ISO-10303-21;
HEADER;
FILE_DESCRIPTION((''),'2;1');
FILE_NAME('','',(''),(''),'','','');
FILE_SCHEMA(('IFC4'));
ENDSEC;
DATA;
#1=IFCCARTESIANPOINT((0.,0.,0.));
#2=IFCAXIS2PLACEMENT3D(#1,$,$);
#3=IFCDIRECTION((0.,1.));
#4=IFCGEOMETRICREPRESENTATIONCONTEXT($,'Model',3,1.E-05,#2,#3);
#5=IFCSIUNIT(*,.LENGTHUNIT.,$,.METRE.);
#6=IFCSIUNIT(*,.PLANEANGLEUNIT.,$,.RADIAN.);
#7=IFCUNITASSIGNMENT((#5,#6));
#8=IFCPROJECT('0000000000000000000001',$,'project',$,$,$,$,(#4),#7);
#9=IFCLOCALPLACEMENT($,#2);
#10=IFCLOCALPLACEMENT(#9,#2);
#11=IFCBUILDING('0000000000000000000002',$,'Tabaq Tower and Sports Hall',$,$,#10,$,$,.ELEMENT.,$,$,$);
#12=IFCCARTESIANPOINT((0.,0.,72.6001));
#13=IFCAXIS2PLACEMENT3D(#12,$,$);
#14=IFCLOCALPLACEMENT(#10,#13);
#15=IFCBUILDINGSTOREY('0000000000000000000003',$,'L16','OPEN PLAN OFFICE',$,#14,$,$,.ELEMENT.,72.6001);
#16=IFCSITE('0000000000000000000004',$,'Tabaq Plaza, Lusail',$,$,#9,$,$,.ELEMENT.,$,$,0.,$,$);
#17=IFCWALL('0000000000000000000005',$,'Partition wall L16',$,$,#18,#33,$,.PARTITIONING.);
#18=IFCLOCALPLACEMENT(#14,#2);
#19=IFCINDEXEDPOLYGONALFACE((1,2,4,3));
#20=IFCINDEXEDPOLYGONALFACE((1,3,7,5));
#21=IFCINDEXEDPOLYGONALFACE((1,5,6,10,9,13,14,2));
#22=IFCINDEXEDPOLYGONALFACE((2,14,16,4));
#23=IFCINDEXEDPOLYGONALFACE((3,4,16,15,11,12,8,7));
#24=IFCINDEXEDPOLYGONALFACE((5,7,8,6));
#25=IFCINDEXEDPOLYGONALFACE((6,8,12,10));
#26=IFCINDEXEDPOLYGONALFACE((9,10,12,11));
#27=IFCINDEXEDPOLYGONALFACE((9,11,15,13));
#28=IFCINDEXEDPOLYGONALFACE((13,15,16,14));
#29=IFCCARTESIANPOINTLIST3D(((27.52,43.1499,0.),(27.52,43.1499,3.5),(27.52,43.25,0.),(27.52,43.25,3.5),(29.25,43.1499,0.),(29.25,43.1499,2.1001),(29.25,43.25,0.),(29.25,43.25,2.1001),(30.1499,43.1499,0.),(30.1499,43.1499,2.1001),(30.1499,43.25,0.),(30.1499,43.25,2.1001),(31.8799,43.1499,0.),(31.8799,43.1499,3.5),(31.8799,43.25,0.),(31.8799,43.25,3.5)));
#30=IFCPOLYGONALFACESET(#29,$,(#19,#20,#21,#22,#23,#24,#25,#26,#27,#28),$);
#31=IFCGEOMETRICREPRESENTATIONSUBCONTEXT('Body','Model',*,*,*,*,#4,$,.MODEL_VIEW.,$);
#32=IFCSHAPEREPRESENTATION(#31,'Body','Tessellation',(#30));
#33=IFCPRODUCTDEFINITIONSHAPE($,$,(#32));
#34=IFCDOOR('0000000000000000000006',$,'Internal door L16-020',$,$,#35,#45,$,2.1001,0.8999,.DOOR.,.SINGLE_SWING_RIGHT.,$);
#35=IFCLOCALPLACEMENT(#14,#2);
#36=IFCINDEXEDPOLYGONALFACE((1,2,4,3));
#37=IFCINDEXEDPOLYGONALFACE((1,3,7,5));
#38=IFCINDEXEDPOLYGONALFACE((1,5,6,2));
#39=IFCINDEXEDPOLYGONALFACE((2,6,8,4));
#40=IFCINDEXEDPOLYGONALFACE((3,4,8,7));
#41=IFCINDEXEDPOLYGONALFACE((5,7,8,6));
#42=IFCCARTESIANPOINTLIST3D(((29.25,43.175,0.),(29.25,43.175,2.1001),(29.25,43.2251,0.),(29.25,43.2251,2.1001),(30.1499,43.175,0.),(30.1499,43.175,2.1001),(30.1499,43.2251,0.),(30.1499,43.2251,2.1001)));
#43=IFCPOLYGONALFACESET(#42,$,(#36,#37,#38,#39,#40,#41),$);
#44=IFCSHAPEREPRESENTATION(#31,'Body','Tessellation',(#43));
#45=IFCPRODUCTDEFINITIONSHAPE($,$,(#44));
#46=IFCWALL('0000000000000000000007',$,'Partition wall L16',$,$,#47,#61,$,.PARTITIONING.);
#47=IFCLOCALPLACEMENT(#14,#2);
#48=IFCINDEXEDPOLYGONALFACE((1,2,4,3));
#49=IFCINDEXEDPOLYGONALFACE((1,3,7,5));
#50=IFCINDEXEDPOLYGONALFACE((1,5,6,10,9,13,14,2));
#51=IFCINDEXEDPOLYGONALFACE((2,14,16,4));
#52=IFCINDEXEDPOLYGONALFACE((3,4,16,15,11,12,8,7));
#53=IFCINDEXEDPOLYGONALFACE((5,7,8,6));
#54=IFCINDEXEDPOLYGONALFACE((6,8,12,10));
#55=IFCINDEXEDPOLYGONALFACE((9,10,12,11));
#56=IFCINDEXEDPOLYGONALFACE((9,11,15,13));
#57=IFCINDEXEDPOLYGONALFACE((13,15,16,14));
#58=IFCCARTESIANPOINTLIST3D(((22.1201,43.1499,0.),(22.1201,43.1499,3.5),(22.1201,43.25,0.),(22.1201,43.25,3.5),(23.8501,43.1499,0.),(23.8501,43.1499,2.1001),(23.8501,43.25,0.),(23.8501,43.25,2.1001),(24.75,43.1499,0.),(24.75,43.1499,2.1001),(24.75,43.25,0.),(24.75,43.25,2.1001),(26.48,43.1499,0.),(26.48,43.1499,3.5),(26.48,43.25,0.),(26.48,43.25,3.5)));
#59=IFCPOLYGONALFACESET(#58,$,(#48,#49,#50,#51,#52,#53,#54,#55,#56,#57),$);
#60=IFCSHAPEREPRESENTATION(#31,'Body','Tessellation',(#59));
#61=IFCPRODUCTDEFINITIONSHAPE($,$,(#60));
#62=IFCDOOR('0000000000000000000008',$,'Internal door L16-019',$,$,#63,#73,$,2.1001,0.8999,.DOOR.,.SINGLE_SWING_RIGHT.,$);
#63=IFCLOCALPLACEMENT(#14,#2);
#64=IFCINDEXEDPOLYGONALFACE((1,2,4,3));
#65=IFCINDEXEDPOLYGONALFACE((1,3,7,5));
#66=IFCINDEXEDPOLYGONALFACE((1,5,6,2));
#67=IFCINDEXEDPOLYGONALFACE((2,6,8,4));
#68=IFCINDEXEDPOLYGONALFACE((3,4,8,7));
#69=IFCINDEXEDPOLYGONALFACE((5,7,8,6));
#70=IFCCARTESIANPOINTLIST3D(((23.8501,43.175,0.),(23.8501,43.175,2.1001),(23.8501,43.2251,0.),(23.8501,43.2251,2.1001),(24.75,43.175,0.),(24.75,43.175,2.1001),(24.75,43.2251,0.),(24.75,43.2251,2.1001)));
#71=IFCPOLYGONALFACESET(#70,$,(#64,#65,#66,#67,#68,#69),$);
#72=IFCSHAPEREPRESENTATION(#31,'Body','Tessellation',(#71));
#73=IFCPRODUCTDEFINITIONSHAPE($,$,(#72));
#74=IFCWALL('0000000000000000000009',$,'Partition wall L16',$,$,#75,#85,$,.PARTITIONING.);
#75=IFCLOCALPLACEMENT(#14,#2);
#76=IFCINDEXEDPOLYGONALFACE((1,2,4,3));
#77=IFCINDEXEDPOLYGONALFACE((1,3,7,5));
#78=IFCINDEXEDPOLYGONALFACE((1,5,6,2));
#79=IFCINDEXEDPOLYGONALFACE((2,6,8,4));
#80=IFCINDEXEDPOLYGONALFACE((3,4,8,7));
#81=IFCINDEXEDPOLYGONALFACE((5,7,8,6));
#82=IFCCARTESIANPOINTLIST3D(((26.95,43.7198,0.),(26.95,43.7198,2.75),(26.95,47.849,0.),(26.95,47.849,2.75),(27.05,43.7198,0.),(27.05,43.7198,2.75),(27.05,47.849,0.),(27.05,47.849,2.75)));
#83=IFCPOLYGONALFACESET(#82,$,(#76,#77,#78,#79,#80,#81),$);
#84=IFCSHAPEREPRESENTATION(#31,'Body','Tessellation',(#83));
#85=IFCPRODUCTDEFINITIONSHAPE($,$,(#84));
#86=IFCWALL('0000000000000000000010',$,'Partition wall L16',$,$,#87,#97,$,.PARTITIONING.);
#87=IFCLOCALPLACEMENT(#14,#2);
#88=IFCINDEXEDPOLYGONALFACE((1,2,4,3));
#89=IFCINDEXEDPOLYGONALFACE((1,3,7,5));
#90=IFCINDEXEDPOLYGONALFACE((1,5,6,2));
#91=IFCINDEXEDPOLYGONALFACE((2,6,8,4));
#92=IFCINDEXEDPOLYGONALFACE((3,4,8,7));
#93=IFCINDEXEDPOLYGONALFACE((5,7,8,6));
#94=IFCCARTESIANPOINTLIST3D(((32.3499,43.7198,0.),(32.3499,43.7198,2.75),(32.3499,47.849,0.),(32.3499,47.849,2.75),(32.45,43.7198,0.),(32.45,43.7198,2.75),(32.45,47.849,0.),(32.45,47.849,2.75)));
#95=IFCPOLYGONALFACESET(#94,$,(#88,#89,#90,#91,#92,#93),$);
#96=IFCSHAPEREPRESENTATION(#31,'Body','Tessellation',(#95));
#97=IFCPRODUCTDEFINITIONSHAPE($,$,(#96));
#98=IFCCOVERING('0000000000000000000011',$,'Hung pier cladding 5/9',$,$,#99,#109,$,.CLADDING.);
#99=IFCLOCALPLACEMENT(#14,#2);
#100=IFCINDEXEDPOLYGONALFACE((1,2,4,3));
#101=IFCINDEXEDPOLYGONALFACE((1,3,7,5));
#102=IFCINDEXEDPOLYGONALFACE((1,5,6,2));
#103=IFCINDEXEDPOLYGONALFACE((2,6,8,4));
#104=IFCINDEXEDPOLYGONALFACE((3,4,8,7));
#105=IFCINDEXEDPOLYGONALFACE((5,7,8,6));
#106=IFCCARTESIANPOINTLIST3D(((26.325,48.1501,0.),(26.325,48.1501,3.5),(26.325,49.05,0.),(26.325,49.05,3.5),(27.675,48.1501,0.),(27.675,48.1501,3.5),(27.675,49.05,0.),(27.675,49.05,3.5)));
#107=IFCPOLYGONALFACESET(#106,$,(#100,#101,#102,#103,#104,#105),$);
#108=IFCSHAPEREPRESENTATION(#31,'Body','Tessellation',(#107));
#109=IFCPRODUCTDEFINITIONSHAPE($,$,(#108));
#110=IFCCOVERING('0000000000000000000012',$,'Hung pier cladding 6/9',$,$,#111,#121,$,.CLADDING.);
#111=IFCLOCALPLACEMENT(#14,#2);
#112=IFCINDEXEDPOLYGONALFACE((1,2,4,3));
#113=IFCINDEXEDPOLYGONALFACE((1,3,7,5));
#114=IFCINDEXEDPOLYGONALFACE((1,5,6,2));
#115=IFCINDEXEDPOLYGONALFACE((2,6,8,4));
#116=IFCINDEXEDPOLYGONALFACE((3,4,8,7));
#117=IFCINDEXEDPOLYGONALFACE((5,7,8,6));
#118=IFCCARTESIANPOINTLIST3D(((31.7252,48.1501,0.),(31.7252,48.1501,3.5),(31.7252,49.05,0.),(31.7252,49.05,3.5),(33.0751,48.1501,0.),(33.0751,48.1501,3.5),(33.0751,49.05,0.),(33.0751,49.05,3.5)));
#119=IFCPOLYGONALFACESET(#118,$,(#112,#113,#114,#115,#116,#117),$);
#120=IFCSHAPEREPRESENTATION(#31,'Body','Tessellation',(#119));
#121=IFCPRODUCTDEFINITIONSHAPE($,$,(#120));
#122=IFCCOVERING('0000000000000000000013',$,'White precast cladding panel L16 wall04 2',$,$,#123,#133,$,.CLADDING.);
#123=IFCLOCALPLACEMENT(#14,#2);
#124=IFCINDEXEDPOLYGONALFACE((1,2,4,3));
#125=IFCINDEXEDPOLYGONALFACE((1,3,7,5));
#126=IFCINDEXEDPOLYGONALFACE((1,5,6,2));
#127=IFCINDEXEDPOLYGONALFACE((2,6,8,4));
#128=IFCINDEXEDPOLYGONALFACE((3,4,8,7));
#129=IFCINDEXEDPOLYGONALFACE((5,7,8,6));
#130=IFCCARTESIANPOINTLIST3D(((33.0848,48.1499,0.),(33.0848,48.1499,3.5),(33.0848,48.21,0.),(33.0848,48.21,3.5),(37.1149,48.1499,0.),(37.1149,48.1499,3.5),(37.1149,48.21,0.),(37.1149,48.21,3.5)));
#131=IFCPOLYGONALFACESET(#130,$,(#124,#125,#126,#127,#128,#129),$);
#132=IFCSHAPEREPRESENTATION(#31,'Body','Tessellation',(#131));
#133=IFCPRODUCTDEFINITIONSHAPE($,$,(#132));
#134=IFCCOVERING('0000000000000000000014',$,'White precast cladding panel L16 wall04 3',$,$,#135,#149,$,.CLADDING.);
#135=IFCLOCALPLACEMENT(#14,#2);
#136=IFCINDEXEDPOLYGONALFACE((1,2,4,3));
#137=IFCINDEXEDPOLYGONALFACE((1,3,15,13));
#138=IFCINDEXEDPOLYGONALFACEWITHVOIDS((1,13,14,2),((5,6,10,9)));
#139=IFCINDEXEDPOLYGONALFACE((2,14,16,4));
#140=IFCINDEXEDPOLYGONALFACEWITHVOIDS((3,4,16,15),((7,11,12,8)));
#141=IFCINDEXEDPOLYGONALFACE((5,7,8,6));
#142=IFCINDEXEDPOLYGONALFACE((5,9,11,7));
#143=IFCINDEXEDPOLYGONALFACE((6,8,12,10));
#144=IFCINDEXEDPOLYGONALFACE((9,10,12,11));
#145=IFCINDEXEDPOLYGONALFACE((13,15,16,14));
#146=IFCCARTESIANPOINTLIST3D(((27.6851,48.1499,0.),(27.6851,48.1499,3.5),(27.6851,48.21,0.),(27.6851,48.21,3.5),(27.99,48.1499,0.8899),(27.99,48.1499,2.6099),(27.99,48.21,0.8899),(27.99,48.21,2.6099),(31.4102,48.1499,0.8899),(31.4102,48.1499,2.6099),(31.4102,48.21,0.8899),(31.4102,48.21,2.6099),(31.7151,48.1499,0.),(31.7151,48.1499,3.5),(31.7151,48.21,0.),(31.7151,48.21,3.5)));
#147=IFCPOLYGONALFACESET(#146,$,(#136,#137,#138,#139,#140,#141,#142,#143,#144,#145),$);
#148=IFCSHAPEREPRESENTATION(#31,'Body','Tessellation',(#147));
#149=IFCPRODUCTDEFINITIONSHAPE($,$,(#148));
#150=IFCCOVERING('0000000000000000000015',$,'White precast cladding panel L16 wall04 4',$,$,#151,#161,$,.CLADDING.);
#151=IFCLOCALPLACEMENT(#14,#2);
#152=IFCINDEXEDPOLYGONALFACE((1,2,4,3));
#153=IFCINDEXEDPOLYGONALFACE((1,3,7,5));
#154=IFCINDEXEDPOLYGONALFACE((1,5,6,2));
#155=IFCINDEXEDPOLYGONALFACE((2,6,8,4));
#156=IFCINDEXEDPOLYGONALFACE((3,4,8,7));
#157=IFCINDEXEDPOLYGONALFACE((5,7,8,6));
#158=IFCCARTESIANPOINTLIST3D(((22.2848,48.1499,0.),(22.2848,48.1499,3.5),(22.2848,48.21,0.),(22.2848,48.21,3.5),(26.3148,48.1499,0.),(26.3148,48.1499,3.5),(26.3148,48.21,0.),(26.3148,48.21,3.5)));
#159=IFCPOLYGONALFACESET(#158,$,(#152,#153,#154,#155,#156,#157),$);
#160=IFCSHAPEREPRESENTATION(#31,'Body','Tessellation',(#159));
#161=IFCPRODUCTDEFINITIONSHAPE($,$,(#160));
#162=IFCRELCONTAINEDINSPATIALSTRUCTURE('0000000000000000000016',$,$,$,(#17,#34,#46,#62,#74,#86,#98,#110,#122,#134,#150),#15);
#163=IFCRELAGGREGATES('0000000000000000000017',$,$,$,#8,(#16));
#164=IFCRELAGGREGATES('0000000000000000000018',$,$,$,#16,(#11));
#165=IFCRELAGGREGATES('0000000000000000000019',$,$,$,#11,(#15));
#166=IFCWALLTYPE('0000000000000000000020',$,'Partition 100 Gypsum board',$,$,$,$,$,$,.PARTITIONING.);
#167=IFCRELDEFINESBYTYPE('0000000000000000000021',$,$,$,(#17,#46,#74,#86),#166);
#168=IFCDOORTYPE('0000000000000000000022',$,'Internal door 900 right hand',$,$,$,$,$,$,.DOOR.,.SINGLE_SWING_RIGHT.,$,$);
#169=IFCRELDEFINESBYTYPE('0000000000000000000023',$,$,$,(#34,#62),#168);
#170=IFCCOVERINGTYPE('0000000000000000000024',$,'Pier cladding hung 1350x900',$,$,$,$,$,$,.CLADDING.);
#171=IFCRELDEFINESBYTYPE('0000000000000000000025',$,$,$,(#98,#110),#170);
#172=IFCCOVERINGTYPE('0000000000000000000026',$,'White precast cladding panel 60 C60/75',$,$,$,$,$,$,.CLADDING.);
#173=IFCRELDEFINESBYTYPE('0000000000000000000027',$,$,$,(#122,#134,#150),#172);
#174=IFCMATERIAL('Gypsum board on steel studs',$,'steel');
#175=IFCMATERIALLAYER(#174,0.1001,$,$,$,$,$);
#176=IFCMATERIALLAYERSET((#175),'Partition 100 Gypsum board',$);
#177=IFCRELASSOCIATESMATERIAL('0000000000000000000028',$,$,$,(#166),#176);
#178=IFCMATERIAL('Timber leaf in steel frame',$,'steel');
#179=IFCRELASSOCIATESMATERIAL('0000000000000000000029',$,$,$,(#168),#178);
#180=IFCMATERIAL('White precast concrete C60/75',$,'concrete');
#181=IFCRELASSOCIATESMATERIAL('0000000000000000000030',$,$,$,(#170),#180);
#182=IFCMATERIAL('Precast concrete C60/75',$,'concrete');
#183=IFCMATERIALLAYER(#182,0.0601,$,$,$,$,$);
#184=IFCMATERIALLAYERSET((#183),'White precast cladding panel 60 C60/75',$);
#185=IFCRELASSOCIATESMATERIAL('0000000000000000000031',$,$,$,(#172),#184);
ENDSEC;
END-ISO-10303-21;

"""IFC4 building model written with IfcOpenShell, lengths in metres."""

from ifc_helpers import new_model, si_unit, direction, frame, frame_2d, origin, place, context, subcontext, project, spatial, polyline, rectangle, outline, extrude, material, layer, layer_set, type_object, element, fill, save


model = new_model("IFC4")

# Units and contexts
model_context = context("Model", 3, precision=1e-05, world=origin(), true_north=direction((0.0, 1.0)))
body_context = subcontext(model_context, "Body", "Model", "MODEL_VIEW")
ifc_project = project(units=[si_unit("LENGTHUNIT", "METRE"), si_unit("PLANEANGLEUNIT", "RADIAN")], contexts=[model_context])

# Site, building, storey
site_placement = place(None, origin())
site = spatial("IfcSite", under=ifc_project, at=site_placement, Name="Tabaq Plaza, Lusail", CompositionType="ELEMENT", RefElevation=0.0)
building_placement = place(site_placement, origin())
building = spatial("IfcBuilding", under=site, at=building_placement, Name="Tabaq Tower and Sports Hall", CompositionType="ELEMENT")
storey_placement = place(building_placement, frame((0.0, 0.0, 72.6001)))
storey = spatial("IfcBuildingStorey", under=building, at=storey_placement, Name="L16", Description="OPEN PLAN OFFICE", CompositionType="ELEMENT", Elevation=72.6001)

# Shared definitions
ifc_material_1 = material(Name="Gypsum board on steel studs", Category="steel")
ifc_layer_1 = layer(ifc_material_1, 0.1001)
ifc_layer_set_1 = layer_set([ifc_layer_1], Name="Partition 100 Gypsum board")
wall_type = type_object("IfcWallType", Name="Partition 100 Gypsum board", PredefinedType="PARTITIONING", material=ifc_layer_set_1)

# Walls, openings, doors
wall_1_placement = place(storey_placement, frame((31.8799, 43.2, 0.0), z_axis=(0.0, 0.0, 1.0), x_axis=(-1.0, 0.0, 0.0)))
wall_1 = element("IfcWall", 1, at=wall_1_placement, inside=storey, type_object=wall_type, Name="Partition wall L16", PredefinedType="PARTITIONING", context=body_context, shape_type="SweptSolid", body=[
    extrude(rectangle(XDim=4.3599, YDim=0.1001, at=frame_2d((2.1799, 0.0))), origin(), (0.0, 0.0, 1.0), 3.5),
])
opening_1_placement = place(wall_1_placement, frame((1.73, 0.0, 0.0)))
opening_1 = element("IfcOpeningElement", 2, at=opening_1_placement, cuts=wall_1, PredefinedType="OPENING", context=body_context, shape_type="SweptSolid", body=[
    extrude(rectangle(XDim=0.8999, YDim=2.1001, at=frame_2d((0.45, 1.05))), frame((0.0, 0.05, 0.0), z_axis=(0.0, -1.0, 0.0), x_axis=(1.0, 0.0, 0.0)), (0.0, 0.0, 1.0), 0.1001),
])
ifc_material_2 = material(Name="Timber leaf in steel frame", Category="steel")
door_type_1 = type_object("IfcDoorType", Name="Internal door 900 right hand", OperationType="SINGLE_SWING_RIGHT", PredefinedType="DOOR", material=ifc_material_2)
door_1_placement = place(opening_1_placement, origin())
door_1 = element("IfcDoor", 3, at=door_1_placement, inside=storey, type_object=door_type_1, Name="Internal door L16-020", OperationType="SINGLE_SWING_RIGHT", OverallHeight=2.1001, OverallWidth=0.8999, PredefinedType="DOOR", context=body_context, shape_type="SweptSolid", body=[
    extrude(rectangle(XDim=0.8999, YDim=2.1001, at=frame_2d((0.45, 1.05))), frame((0.0, 0.0249, 0.0), z_axis=(0.0, -1.0, 0.0), x_axis=(1.0, 0.0, 0.0)), (0.0, 0.0, 1.0), 0.05),
])
fill(opening_1, door_1)
wall_2_placement = place(storey_placement, frame((26.48, 43.2, 0.0), z_axis=(0.0, 0.0, 1.0), x_axis=(-1.0, 0.0, 0.0)))
wall_2 = element("IfcWall", 4, at=wall_2_placement, inside=storey, type_object=wall_type, Name="Partition wall L16", PredefinedType="PARTITIONING", context=body_context, shape_type="SweptSolid", body=[
    extrude(rectangle(XDim=4.3599, YDim=0.1001, at=frame_2d((2.1799, 0.0))), origin(), (0.0, 0.0, 1.0), 3.5),
])
opening_2_placement = place(wall_2_placement, frame((1.73, 0.0, 0.0)))
opening_2 = element("IfcOpeningElement", 5, at=opening_2_placement, cuts=wall_2, PredefinedType="OPENING", context=body_context, shape_type="SweptSolid", body=[
    extrude(rectangle(XDim=0.8999, YDim=2.1001, at=frame_2d((0.45, 1.05))), frame((0.0, 0.05, 0.0), z_axis=(0.0, -1.0, 0.0), x_axis=(1.0, 0.0, 0.0)), (0.0, 0.0, 1.0), 0.1001),
])
door_2_placement = place(opening_2_placement, origin())
door_2 = element("IfcDoor", 6, at=door_2_placement, inside=storey, type_object=door_type_1, Name="Internal door L16-019", OperationType="SINGLE_SWING_RIGHT", OverallHeight=2.1001, OverallWidth=0.8999, PredefinedType="DOOR", context=body_context, shape_type="SweptSolid", body=[
    extrude(rectangle(XDim=0.8999, YDim=2.1001, at=frame_2d((0.45, 1.05))), frame((0.0, 0.0249, 0.0), z_axis=(0.0, -1.0, 0.0), x_axis=(1.0, 0.0, 0.0)), (0.0, 0.0, 1.0), 0.05),
])
fill(opening_2, door_2)

# Walls
for number, where, z_axis, x_axis, name in (
    (7, (27.0, 43.72, 0.0), (0.0, 0.0, 1.0), (0.0, 1.0, 0.0), "Partition wall L16"),
    (8, (32.3999, 43.72, 0.0), (0.0, 0.0, 1.0), (0.0, 1.0, 0.0), "Partition wall L16"),
):
    element("IfcWall", number, at=place(storey_placement, frame(where, z_axis=z_axis, x_axis=x_axis)), inside=storey, type_object=wall_type, Name=name, PredefinedType="PARTITIONING", context=body_context, shape_type="SweptSolid", body=[
        extrude(rectangle(XDim=4.1292, YDim=0.1001, at=frame_2d((2.0645, 0.0))), origin(), (0.0, 0.0, 1.0), 2.75),
    ])

# Coverings
ifc_material_3 = material(Name="White precast concrete C60/75", Category="concrete")
covering_type_1 = type_object("IfcCoveringType", Name="Pier cladding hung 1350x900", PredefinedType="CLADDING", material=ifc_material_3)
covering_1_placement = place(storey_placement, frame((27.675, 48.6001, 0.0), z_axis=(0.0, 0.0, 1.0), x_axis=(-1.0, 0.0, 0.0)))
element("IfcCovering", 9, at=covering_1_placement, inside=storey, type_object=covering_type_1, Name="Hung pier cladding 5/9", PredefinedType="CLADDING", context=body_context, shape_type="SweptSolid", body=[
    extrude(rectangle(XDim=1.3501, YDim=0.8999, at=frame_2d((0.675, 0.0))), origin(), (0.0, 0.0, 1.0), 3.5),
])
covering_2_placement = place(storey_placement, frame((33.075, 48.6001, 0.0), z_axis=(0.0, 0.0, 1.0), x_axis=(-1.0, 0.0, 0.0)))
element("IfcCovering", 10, at=covering_2_placement, inside=storey, type_object=covering_type_1, Name="Hung pier cladding 6/9", PredefinedType="CLADDING", context=body_context, shape_type="SweptSolid", body=[
    extrude(rectangle(XDim=1.3499, YDim=0.8999, at=frame_2d((0.6748, 0.0))), origin(), (0.0, 0.0, 1.0), 3.5),
])
ifc_material_4 = material(Name="Precast concrete C60/75", Category="concrete")
ifc_layer_2 = layer(ifc_material_4, 0.0601)
ifc_layer_set_2 = layer_set([ifc_layer_2], Name="White precast cladding panel 60 C60/75")
covering_type_2 = type_object("IfcCoveringType", Name="White precast cladding panel 60 C60/75", PredefinedType="CLADDING", material=ifc_layer_set_2)
covering_3_placement = place(storey_placement, frame((37.115, 48.1799, 0.0), z_axis=(0.0, 0.0, 1.0), x_axis=(-1.0, 0.0, 0.0)))
element("IfcCovering", 11, at=covering_3_placement, inside=storey, type_object=covering_type_2, Name="White precast cladding panel L16 wall04 2", PredefinedType="CLADDING", context=body_context, shape_type="SweptSolid", body=[
    extrude(rectangle(XDim=4.03, YDim=0.0601, at=frame_2d((2.0151, 0.0))), origin(), (0.0, 0.0, 1.0), 3.5),
])
covering_4_placement = place(storey_placement, frame((31.7151, 48.1799, 0.0), z_axis=(0.0, 0.0, 1.0), x_axis=(-1.0, 0.0, 0.0)))
element("IfcCovering", 12, at=covering_4_placement, inside=storey, type_object=covering_type_2, Name="White precast cladding panel L16 wall04 3", PredefinedType="CLADDING", context=body_context, shape_type="SweptSolid", body=[
    extrude(outline(polyline([(0.0, 0.0), (4.03, 0.0), (4.03, 3.5), (0.0, 3.5), (0.0, 0.0)]), holes=[polyline([(0.3049, 0.8899), (0.3049, 2.6099), (3.7251, 2.6099), (3.7251, 0.8899), (0.3049, 0.8899)])]), frame((0.0, 0.03, 0.0), z_axis=(0.0, -1.0, 0.0), x_axis=(1.0, 0.0, 0.0)), (0.0, 0.0, 1.0), 0.0601),
])
covering_5_placement = place(storey_placement, frame((26.3149, 48.1799, 0.0), z_axis=(0.0, 0.0, 1.0), x_axis=(-1.0, 0.0, 0.0)))
element("IfcCovering", 13, at=covering_5_placement, inside=storey, type_object=covering_type_2, Name="White precast cladding panel L16 wall04 4", PredefinedType="CLADDING", context=body_context, shape_type="SweptSolid", body=[
    extrude(rectangle(XDim=4.03, YDim=0.0601, at=frame_2d((2.0151, 0.0))), origin(), (0.0, 0.0, 1.0), 3.5),
])

save(model, "model.ifc")
